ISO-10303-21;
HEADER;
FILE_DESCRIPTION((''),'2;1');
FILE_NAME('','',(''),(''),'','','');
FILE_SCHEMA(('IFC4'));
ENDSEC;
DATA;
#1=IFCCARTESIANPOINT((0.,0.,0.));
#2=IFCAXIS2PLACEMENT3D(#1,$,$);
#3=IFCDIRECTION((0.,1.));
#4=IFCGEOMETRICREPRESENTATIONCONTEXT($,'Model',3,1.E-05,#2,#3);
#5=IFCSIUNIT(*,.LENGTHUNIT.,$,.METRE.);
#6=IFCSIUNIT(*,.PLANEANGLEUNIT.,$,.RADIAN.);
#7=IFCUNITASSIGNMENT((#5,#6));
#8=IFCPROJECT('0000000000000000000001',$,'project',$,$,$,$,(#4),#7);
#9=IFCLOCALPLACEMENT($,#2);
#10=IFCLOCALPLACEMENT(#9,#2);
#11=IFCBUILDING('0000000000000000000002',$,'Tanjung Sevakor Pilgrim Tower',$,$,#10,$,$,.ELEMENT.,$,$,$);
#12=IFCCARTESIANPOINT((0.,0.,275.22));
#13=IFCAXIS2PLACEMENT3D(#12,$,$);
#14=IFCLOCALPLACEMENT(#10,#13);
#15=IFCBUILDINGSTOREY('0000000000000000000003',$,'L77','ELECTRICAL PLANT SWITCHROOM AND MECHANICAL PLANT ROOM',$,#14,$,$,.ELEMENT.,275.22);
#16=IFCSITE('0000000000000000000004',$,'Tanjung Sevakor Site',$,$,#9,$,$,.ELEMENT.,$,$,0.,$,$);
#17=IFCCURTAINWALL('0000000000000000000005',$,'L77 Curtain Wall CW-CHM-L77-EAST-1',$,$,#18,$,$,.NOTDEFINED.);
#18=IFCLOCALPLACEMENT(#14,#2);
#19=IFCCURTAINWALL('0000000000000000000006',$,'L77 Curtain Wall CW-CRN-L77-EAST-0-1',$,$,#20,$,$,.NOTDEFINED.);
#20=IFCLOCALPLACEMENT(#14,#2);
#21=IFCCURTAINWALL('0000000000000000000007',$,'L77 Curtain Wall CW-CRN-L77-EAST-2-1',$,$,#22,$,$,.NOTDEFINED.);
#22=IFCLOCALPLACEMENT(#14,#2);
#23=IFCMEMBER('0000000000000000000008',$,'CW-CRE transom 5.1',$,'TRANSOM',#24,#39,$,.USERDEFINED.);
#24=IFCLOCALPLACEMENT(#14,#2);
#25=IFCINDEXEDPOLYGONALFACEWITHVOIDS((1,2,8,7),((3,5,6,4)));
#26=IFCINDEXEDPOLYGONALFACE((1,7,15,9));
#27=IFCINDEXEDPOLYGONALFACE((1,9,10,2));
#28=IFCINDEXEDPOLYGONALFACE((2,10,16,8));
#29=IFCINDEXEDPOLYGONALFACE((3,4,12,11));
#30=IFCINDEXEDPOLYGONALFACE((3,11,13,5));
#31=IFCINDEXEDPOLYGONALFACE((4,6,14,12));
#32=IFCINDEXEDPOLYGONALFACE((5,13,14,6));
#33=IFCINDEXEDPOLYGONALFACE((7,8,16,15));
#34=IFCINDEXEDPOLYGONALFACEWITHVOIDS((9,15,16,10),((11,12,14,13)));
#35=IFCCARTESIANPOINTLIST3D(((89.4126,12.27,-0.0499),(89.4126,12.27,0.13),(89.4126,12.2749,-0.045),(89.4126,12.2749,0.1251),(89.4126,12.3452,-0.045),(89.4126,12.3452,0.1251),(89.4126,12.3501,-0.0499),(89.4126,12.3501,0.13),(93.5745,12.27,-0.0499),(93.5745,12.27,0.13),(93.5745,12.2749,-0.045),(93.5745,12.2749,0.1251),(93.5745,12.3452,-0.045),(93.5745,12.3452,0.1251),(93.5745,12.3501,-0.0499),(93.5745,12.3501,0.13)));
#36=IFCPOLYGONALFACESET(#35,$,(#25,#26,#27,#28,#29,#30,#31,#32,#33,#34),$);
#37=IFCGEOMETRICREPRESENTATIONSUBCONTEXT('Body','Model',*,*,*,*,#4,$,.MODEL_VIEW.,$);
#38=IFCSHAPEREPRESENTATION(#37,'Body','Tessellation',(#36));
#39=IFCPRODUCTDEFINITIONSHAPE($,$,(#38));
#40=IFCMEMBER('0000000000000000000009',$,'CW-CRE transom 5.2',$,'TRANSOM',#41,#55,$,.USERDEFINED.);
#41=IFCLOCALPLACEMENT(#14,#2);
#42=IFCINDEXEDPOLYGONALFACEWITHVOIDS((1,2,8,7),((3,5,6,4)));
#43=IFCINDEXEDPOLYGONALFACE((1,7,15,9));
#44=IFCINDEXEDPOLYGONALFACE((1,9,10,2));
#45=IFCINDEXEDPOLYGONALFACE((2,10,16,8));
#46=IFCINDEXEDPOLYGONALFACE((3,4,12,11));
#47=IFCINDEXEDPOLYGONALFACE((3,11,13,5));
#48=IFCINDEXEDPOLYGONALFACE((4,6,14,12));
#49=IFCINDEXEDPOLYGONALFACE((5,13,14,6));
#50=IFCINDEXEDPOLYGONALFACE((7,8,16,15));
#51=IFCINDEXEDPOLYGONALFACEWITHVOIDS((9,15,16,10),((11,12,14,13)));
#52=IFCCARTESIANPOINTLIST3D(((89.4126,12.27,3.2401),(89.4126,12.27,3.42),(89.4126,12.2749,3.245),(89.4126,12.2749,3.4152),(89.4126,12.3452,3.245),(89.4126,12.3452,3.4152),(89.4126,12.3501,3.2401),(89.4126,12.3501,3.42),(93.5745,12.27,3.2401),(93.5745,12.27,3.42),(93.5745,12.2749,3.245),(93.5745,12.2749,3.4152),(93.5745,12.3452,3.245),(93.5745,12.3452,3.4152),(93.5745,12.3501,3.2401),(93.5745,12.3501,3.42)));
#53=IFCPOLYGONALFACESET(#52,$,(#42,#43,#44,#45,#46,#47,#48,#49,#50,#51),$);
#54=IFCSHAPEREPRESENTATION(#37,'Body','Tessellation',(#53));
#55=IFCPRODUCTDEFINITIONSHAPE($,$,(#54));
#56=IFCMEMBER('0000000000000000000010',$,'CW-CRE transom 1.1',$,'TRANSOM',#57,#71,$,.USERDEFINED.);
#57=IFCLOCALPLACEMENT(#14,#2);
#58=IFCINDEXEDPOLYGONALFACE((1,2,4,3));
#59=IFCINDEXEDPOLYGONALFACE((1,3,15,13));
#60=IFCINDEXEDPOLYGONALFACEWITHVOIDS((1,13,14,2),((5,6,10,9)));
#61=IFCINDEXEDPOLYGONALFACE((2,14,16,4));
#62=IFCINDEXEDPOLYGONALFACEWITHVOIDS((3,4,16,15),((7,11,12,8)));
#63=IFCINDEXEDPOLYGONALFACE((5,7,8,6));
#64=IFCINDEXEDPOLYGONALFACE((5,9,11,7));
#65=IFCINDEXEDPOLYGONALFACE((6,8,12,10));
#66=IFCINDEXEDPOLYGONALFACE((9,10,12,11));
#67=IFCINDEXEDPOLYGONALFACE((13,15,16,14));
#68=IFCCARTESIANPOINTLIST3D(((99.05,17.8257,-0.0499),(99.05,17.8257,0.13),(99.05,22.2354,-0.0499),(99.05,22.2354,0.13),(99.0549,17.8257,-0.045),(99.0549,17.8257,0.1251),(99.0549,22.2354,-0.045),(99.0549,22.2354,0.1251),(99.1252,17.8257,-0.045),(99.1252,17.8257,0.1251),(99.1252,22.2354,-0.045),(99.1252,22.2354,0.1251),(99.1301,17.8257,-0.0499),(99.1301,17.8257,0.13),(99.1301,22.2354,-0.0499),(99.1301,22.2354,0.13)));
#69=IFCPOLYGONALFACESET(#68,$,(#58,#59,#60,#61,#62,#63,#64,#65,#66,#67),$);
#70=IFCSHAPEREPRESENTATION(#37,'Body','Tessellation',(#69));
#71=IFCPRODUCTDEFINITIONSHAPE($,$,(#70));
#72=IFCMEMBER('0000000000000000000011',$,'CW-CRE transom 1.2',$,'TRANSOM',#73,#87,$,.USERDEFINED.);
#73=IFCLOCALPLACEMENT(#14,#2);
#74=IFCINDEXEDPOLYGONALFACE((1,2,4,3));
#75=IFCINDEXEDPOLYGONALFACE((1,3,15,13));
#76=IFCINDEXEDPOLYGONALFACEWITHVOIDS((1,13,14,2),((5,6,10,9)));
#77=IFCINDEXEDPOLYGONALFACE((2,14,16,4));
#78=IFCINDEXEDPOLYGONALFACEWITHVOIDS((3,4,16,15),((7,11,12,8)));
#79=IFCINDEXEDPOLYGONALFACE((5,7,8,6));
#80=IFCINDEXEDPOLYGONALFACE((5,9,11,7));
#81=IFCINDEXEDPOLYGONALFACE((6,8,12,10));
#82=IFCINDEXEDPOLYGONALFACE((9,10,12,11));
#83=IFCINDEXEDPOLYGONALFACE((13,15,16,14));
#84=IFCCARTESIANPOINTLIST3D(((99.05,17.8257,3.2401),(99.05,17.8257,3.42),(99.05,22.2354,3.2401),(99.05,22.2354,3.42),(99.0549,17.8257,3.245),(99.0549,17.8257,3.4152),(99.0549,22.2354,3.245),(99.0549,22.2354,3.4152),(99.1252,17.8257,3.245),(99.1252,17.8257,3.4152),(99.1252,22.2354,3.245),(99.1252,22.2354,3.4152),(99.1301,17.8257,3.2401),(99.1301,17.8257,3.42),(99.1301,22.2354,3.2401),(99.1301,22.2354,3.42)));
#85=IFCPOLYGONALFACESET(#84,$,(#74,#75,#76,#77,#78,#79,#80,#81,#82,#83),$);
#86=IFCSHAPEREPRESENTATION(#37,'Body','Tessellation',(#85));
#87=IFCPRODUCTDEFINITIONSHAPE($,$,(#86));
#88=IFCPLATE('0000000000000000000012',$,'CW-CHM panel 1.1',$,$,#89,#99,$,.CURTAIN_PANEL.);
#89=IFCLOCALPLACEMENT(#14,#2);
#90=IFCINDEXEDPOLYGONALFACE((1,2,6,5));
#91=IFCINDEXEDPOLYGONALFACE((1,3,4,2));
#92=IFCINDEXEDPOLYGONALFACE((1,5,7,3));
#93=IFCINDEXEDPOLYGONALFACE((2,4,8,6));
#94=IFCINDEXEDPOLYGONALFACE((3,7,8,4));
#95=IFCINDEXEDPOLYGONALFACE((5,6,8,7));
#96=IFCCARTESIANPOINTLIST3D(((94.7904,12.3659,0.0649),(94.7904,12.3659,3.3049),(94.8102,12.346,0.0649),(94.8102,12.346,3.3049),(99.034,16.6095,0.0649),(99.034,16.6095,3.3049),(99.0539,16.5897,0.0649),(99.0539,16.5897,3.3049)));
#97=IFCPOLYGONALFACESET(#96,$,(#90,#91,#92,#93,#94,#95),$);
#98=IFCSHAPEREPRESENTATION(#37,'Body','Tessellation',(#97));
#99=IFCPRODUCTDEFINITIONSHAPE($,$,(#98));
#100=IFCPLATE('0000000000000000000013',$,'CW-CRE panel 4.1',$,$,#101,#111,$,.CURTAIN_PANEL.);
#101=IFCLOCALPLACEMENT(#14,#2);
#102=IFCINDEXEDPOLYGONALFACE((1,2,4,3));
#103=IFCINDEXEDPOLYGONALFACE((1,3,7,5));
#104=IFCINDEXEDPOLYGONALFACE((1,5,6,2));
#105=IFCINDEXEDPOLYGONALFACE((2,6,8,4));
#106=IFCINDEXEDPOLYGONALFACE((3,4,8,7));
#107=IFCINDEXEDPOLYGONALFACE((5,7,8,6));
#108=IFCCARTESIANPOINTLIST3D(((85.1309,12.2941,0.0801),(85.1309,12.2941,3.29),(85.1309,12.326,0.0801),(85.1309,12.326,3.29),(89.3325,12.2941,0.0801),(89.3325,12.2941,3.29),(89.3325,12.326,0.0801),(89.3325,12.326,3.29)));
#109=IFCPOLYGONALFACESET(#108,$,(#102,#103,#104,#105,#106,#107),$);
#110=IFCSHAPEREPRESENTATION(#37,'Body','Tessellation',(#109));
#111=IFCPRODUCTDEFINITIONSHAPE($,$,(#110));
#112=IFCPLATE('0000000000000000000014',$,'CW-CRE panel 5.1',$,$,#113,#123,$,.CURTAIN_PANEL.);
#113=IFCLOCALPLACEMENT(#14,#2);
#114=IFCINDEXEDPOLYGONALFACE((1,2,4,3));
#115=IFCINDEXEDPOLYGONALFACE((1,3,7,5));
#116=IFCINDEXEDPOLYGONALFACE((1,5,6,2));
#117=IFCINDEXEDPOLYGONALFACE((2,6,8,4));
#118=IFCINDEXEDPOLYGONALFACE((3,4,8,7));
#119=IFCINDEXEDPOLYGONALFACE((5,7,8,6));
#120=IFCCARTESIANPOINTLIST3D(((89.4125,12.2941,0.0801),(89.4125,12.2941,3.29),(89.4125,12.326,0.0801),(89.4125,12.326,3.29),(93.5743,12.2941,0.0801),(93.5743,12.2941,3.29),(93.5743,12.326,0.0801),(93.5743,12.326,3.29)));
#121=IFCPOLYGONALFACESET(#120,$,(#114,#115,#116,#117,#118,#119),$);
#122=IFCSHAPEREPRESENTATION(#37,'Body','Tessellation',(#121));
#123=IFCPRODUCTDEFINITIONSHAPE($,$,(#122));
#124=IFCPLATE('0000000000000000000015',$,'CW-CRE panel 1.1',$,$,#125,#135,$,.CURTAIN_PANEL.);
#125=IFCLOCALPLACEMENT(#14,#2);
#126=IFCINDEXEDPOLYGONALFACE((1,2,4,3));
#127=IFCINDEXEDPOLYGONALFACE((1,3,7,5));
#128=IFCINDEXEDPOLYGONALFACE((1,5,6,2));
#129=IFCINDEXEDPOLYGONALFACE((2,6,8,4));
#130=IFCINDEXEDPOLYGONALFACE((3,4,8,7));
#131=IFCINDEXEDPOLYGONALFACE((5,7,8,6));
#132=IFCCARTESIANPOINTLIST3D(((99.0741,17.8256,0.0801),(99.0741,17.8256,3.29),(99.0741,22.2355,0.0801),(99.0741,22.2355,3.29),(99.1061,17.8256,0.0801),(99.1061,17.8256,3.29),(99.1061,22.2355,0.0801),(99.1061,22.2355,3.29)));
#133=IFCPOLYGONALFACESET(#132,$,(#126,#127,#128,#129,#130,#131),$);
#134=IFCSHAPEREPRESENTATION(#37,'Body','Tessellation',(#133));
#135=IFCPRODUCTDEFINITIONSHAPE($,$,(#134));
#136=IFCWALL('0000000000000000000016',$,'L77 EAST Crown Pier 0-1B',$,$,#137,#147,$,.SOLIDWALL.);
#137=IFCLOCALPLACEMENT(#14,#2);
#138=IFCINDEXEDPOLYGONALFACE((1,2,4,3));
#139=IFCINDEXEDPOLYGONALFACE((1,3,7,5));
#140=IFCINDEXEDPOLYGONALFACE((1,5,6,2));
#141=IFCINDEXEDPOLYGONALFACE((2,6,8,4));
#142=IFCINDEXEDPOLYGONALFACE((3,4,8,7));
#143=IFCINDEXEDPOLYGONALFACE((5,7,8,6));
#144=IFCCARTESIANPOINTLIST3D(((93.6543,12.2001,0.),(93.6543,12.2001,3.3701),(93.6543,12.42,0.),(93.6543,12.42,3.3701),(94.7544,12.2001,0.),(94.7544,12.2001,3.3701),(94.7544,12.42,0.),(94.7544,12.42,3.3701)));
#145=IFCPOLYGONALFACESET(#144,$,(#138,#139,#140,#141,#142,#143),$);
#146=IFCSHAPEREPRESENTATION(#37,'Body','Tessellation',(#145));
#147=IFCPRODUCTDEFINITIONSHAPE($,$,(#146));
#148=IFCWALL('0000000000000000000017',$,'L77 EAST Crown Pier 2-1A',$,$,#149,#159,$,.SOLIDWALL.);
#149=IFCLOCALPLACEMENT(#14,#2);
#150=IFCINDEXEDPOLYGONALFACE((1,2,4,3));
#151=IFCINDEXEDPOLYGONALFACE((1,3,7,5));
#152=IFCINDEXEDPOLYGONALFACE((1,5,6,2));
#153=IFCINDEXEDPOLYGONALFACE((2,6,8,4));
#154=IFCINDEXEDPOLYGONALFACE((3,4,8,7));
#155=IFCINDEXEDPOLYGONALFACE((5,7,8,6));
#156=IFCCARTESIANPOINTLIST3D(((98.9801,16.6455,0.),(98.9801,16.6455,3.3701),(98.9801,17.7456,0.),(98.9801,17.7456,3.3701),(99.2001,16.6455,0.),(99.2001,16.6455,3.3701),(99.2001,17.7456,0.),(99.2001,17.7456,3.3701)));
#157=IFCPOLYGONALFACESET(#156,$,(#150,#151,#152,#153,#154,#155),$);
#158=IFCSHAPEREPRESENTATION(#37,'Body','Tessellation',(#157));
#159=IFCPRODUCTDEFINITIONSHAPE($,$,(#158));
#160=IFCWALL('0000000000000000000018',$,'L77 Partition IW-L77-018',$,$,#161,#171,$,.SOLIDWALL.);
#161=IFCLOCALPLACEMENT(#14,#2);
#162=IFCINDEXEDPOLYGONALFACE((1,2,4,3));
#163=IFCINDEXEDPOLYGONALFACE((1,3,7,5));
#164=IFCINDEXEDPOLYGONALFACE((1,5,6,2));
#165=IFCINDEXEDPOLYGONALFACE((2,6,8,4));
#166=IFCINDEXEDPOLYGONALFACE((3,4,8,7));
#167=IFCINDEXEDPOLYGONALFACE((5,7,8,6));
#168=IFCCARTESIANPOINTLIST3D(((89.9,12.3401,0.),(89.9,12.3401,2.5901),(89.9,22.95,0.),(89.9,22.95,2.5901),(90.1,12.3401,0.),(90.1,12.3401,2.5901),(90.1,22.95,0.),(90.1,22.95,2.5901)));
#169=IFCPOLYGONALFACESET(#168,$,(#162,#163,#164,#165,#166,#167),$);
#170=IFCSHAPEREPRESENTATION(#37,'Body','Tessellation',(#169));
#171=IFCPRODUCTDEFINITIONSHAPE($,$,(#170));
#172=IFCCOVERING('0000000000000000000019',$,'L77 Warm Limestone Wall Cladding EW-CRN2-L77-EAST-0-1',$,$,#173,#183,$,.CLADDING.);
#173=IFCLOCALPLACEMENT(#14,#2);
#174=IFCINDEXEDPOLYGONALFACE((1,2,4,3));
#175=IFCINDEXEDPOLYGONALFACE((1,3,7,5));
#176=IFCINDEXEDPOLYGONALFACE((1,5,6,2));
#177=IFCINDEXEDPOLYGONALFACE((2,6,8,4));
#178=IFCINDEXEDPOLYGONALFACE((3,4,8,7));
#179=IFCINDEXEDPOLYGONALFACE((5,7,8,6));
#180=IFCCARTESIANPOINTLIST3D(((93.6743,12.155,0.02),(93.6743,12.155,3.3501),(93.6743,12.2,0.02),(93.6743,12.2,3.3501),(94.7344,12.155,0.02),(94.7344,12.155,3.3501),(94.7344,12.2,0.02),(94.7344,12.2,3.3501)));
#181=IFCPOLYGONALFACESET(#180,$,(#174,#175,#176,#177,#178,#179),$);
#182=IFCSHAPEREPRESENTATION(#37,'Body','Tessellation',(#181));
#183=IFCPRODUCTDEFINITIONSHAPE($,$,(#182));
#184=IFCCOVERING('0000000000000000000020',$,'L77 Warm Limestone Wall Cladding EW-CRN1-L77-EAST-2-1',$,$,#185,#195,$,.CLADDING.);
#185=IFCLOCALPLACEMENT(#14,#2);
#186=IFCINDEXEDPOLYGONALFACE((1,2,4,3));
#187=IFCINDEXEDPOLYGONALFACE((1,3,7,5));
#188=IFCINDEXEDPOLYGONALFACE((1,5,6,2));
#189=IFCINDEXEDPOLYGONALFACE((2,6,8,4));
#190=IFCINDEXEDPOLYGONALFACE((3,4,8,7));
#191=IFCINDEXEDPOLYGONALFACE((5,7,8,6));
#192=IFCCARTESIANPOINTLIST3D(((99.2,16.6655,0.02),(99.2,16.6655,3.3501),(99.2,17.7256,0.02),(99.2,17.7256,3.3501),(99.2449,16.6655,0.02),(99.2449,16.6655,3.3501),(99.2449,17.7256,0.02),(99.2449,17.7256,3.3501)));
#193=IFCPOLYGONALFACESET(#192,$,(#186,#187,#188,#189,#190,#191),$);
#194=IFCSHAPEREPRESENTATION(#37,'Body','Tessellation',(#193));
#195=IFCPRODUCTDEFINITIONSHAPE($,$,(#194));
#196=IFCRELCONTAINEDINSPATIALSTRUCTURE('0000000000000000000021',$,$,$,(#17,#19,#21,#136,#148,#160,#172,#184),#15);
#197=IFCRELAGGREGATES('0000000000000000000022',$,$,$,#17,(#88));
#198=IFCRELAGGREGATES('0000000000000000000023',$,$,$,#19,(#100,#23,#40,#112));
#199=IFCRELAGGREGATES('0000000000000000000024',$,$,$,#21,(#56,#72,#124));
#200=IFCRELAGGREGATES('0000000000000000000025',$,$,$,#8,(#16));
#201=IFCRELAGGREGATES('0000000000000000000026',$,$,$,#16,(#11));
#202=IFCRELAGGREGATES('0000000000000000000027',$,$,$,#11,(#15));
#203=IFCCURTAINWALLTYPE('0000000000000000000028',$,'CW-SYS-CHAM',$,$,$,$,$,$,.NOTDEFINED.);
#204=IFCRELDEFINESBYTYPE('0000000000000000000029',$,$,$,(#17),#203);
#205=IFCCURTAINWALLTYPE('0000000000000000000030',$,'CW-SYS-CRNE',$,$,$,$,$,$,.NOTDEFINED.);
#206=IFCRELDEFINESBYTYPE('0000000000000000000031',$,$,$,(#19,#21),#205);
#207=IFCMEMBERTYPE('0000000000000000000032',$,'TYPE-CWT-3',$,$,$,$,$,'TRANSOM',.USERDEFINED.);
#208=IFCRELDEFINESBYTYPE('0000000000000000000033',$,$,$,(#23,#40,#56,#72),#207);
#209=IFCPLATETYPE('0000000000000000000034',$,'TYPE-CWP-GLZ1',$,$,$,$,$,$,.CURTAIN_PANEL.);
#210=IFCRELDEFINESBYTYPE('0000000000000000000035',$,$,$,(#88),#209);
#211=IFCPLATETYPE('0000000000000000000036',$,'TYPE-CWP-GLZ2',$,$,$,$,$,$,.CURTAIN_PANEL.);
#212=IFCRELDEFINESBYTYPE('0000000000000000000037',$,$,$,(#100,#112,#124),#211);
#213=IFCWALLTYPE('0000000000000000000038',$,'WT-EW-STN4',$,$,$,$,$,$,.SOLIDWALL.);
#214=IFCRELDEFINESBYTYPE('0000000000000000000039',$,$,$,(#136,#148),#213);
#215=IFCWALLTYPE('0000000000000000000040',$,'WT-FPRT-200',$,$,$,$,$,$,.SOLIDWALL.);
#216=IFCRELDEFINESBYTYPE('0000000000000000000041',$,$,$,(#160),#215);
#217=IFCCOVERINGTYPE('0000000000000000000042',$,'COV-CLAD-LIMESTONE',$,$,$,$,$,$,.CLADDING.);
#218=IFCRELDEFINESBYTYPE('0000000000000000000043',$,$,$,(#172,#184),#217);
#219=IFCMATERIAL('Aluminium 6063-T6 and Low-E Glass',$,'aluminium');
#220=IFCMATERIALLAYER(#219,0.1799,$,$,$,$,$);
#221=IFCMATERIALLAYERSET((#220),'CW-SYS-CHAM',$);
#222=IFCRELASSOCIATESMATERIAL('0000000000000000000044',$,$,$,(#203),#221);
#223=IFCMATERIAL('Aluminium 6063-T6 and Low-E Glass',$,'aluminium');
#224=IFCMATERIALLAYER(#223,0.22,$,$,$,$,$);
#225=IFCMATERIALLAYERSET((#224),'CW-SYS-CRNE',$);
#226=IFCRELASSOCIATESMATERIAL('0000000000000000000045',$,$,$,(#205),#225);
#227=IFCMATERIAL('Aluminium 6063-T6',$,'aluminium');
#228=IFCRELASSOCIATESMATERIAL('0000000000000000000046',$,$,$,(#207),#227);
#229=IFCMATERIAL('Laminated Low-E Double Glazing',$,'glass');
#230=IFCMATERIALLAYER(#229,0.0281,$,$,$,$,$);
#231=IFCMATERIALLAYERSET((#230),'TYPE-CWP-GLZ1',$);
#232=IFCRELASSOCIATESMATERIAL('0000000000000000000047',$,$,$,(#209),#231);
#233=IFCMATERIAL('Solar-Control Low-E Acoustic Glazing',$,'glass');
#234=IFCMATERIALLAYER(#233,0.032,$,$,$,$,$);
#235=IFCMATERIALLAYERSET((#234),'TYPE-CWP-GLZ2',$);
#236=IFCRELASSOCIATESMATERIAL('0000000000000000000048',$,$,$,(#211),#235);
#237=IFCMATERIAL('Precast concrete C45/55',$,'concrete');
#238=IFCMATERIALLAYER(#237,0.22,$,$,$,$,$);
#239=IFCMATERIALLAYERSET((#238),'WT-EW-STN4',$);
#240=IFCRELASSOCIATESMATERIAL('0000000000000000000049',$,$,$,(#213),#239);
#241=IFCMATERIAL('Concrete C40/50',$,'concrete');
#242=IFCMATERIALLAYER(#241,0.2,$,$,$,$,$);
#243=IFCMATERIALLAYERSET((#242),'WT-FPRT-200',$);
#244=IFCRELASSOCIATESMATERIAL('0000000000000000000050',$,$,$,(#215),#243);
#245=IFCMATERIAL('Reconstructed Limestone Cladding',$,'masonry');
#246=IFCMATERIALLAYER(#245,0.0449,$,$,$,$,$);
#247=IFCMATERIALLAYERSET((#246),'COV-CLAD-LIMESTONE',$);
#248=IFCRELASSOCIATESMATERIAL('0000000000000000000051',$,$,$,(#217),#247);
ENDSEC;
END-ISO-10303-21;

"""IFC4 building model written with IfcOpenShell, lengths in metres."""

from ifc_helpers import new_model, si_unit, direction, frame, frame_2d, origin, origin_2d, place, context, subcontext, project, spatial, rectangle, hollow_rectangle, extrude, material, layer, layer_set, material_profile, profile_set, type_object, element, aggregate, save


model = new_model("IFC4")

# Units and contexts
model_context = context("Model", 3, precision=1e-05, world=origin(), true_north=direction((0.0, 1.0)))
body_context = subcontext(model_context, "Body", "Model", "MODEL_VIEW")
ifc_project = project(units=[si_unit("LENGTHUNIT", "METRE"), si_unit("PLANEANGLEUNIT", "RADIAN")], contexts=[model_context])

# Site, building, storey
site_placement = place(None, origin())
site = spatial("IfcSite", under=ifc_project, at=site_placement, Name="Tanjung Sevakor Site", CompositionType="ELEMENT", RefElevation=0.0)
building_placement = place(site_placement, origin())
building = spatial("IfcBuilding", under=site, at=building_placement, Name="Tanjung Sevakor Pilgrim Tower", CompositionType="ELEMENT")
storey_placement = place(building_placement, frame((0.0, 0.0, 275.22)))
storey = spatial("IfcBuildingStorey", under=building, at=storey_placement, Name="L77", Description="ELECTRICAL PLANT SWITCHROOM AND MECHANICAL PLANT ROOM", CompositionType="ELEMENT", Elevation=275.22)

# Curtain walls
ifc_material_1 = material(Name="Aluminium 6063-T6 and Low-E Glass", Category="aluminium")
ifc_layer_1 = layer(ifc_material_1, 0.1799)
ifc_layer_set_1 = layer_set([ifc_layer_1], Name="CW-SYS-CHAM")
curtain_wall_type_1 = type_object("IfcCurtainWallType", Name="CW-SYS-CHAM", PredefinedType="NOTDEFINED", material=ifc_layer_set_1)
curtain_wall_1_placement = place(storey_placement, origin())
curtain_wall_1 = element("IfcCurtainWall", 1, at=curtain_wall_1_placement, inside=storey, type_object=curtain_wall_type_1, Name="L77 Curtain Wall CW-CHM-L77-EAST-1", PredefinedType="NOTDEFINED")
ifc_material_2 = material(Name="Aluminium 6063-T6 and Low-E Glass", Category="aluminium")
ifc_layer_2 = layer(ifc_material_2, 0.22)
ifc_layer_set_2 = layer_set([ifc_layer_2], Name="CW-SYS-CRNE")
curtain_wall_type_2 = type_object("IfcCurtainWallType", Name="CW-SYS-CRNE", PredefinedType="NOTDEFINED", material=ifc_layer_set_2)
curtain_wall_2_placement = place(storey_placement, origin())
curtain_wall_2 = element("IfcCurtainWall", 2, at=curtain_wall_2_placement, inside=storey, type_object=curtain_wall_type_2, Name="L77 Curtain Wall CW-CRN-L77-EAST-0-1", PredefinedType="NOTDEFINED")

# Curtain wall
curtain_wall_3_placement = place(storey_placement, origin())
curtain_wall_3 = element("IfcCurtainWall", 3, at=curtain_wall_3_placement, inside=storey, type_object=curtain_wall_type_2, Name="L77 Curtain Wall CW-CRN-L77-EAST-2-1", PredefinedType="NOTDEFINED")

# Members
ifc_material_3 = material(Name="Aluminium 6063-T6", Category="aluminium")
ifc_material_profile_1 = material_profile(ifc_material_3, hollow_rectangle(XDim=0.0801, YDim=0.1799, WallThickness=0.0049, at=origin_2d()))
ifc_profile_set_1 = profile_set([ifc_material_profile_1], Name="Aluminium 6063-T6")
member_type_1 = type_object("IfcMemberType", Name="TYPE-CWT-3", ElementType="TRANSOM", PredefinedType="USERDEFINED", material=ifc_profile_set_1)
member_1_placement = place(storey_placement, frame((89.4126, 12.3101, 0.04), z_axis=(1.0, 0.0, 0.0), x_axis=(0.0, 1.0, 0.0)))
member_1 = element("IfcMember", 4, at=member_1_placement, type_object=member_type_1, Name="CW-CRE transom 5.1", ObjectType="TRANSOM", PredefinedType="USERDEFINED", context=body_context, shape_type="SweptSolid", body=[
    extrude(hollow_rectangle(XDim=0.0801, YDim=0.1799, WallThickness=0.0049, at=origin_2d()), origin(), (0.0, 0.0, 1.0), 4.1619),
])
member_2_placement = place(storey_placement, frame((89.4126, 12.3101, 3.3301), z_axis=(1.0, 0.0, 0.0), x_axis=(0.0, 1.0, 0.0)))
member_2 = element("IfcMember", 5, at=member_2_placement, type_object=member_type_1, Name="CW-CRE transom 5.2", ObjectType="TRANSOM", PredefinedType="USERDEFINED", context=body_context, shape_type="SweptSolid", body=[
    extrude(hollow_rectangle(XDim=0.0801, YDim=0.1799, WallThickness=0.0049, at=origin_2d()), origin(), (0.0, 0.0, 1.0), 4.1619),
])
member_3_placement = place(storey_placement, frame((99.0901, 17.8257, 0.04), z_axis=(0.0, 1.0, 0.0), x_axis=(-1.0, 0.0, 0.0)))
member_3 = element("IfcMember", 6, at=member_3_placement, type_object=member_type_1, Name="CW-CRE transom 1.1", ObjectType="TRANSOM", PredefinedType="USERDEFINED", context=body_context, shape_type="SweptSolid", body=[
    extrude(hollow_rectangle(XDim=0.0801, YDim=0.1799, WallThickness=0.0049, at=origin_2d()), origin(), (0.0, 0.0, 1.0), 4.4097),
])
member_4_placement = place(storey_placement, frame((99.0901, 17.8257, 3.3301), z_axis=(0.0, 1.0, 0.0), x_axis=(-1.0, 0.0, 0.0)))
member_4 = element("IfcMember", 7, at=member_4_placement, type_object=member_type_1, Name="CW-CRE transom 1.2", ObjectType="TRANSOM", PredefinedType="USERDEFINED", context=body_context, shape_type="SweptSolid", body=[
    extrude(hollow_rectangle(XDim=0.0801, YDim=0.1799, WallThickness=0.0049, at=origin_2d()), origin(), (0.0, 0.0, 1.0), 4.4097),
])

# Plates
ifc_material_4 = material(Name="Laminated Low-E Double Glazing", Category="glass")
ifc_layer_3 = layer(ifc_material_4, 0.0281)
ifc_layer_set_3 = layer_set([ifc_layer_3], Name="TYPE-CWP-GLZ1")
plate_type_1 = type_object("IfcPlateType", Name="TYPE-CWP-GLZ1", PredefinedType="CURTAIN_PANEL", material=ifc_layer_set_3)
plate_1_placement = place(storey_placement, frame((96.9221, 14.4778, 0.0649), z_axis=(0.0, 0.0, 1.0), x_axis=(0.707107, 0.707107, 0.0)))
plate_1 = element("IfcPlate", 8, at=plate_1_placement, type_object=plate_type_1, Name="CW-CHM panel 1.1", PredefinedType="CURTAIN_PANEL", context=body_context, shape_type="SweptSolid", body=[
    extrude(rectangle(XDim=6.0015, YDim=0.0281, at=origin_2d()), origin(), (0.0, 0.0, 1.0), 3.24),
])
aggregate(curtain_wall_1, [plate_1])
ifc_material_5 = material(Name="Solar-Control Low-E Acoustic Glazing", Category="glass")
ifc_layer_4 = layer(ifc_material_5, 0.032)
ifc_layer_set_4 = layer_set([ifc_layer_4], Name="TYPE-CWP-GLZ2")
plate_type_2 = type_object("IfcPlateType", Name="TYPE-CWP-GLZ2", PredefinedType="CURTAIN_PANEL", material=ifc_layer_set_4)
plate_2_placement = place(storey_placement, frame((87.2317, 12.3101, 0.0801), z_axis=(0.0, 0.0, 1.0), x_axis=(1.0, 0.0, 0.0)))
plate_2 = element("IfcPlate", 9, at=plate_2_placement, type_object=plate_type_2, Name="CW-CRE panel 4.1", PredefinedType="CURTAIN_PANEL", context=body_context, shape_type="SweptSolid", body=[
    extrude(rectangle(XDim=4.2017, YDim=0.032, at=origin_2d()), origin(), (0.0, 0.0, 1.0), 3.21),
])
plate_3_placement = place(storey_placement, frame((91.4934, 12.3101, 0.0801), z_axis=(0.0, 0.0, 1.0), x_axis=(1.0, 0.0, 0.0)))
plate_3 = element("IfcPlate", 10, at=plate_3_placement, type_object=plate_type_2, Name="CW-CRE panel 5.1", PredefinedType="CURTAIN_PANEL", context=body_context, shape_type="SweptSolid", body=[
    extrude(rectangle(XDim=4.1619, YDim=0.032, at=origin_2d()), origin(), (0.0, 0.0, 1.0), 3.21),
])
aggregate(curtain_wall_2, [plate_2, member_1, member_2, plate_3])
plate_4_placement = place(storey_placement, frame((99.0901, 20.0305, 0.0801), z_axis=(0.0, 0.0, 1.0), x_axis=(0.0, 1.0, 0.0)))
plate_4 = element("IfcPlate", 11, at=plate_4_placement, type_object=plate_type_2, Name="CW-CRE panel 1.1", PredefinedType="CURTAIN_PANEL", context=body_context, shape_type="SweptSolid", body=[
    extrude(rectangle(XDim=4.4099, YDim=0.032, at=origin_2d()), origin(), (0.0, 0.0, 1.0), 3.21),
])
aggregate(curtain_wall_3, [member_3, member_4, plate_4])

# Walls
ifc_material_6 = material(Name="Precast concrete C45/55", Category="concrete")
ifc_layer_5 = layer(ifc_material_6, 0.22)
ifc_layer_set_5 = layer_set([ifc_layer_5], Name="WT-EW-STN4")
wall_type_1 = type_object("IfcWallType", Name="WT-EW-STN4", PredefinedType="SOLIDWALL", material=ifc_layer_set_5)
for number, where, z_axis, x_axis, name in (
    (12, (93.6543, 12.3101, 0.0), (0.0, 0.0, 1.0), (1.0, 0.0, 0.0), "L77 EAST Crown Pier 0-1B"),
    (13, (99.0901, 16.6455, 0.0), (0.0, 0.0, 1.0), (0.0, 1.0, 0.0), "L77 EAST Crown Pier 2-1A"),
):
    element("IfcWall", number, at=place(storey_placement, frame(where, z_axis=z_axis, x_axis=x_axis)), inside=storey, type_object=wall_type_1, Name=name, PredefinedType="SOLIDWALL", context=body_context, shape_type="SweptSolid", body=[
        extrude(rectangle(XDim=1.1001, YDim=0.22, at=frame_2d((0.55, 0.0))), origin(), (0.0, 0.0, 1.0), 3.3701),
    ])
ifc_material_7 = material(Name="Concrete C40/50", Category="concrete")
ifc_layer_6 = layer(ifc_material_7, 0.2)
ifc_layer_set_6 = layer_set([ifc_layer_6], Name="WT-FPRT-200")
wall_type_2 = type_object("IfcWallType", Name="WT-FPRT-200", PredefinedType="SOLIDWALL", material=ifc_layer_set_6)
wall_placement = place(storey_placement, frame((90.0, 12.3401, 0.0), z_axis=(0.0, 0.0, 1.0), x_axis=(0.0, 1.0, 0.0)))
element("IfcWall", 14, at=wall_placement, inside=storey, type_object=wall_type_2, Name="L77 Partition IW-L77-018", PredefinedType="SOLIDWALL", context=body_context, shape_type="SweptSolid", body=[
    extrude(rectangle(XDim=10.6099, YDim=0.2, at=frame_2d((5.3049, 0.0))), origin(), (0.0, 0.0, 1.0), 2.5901),
])

# Coverings
ifc_material_8 = material(Name="Reconstructed Limestone Cladding", Category="masonry")
ifc_layer_7 = layer(ifc_material_8, 0.0449)
ifc_layer_set_7 = layer_set([ifc_layer_7], Name="COV-CLAD-LIMESTONE")
covering_type = type_object("IfcCoveringType", Name="COV-CLAD-LIMESTONE", PredefinedType="CLADDING", material=ifc_layer_set_7)
for number, where, z_axis, x_axis, name in (
    (15, (94.2043, 12.1775, 0.02), (0.0, 0.0, 1.0), (1.0, 0.0, 0.0), "L77 Warm Limestone Wall Cladding EW-CRN2-L77-EAST-0-1"),
    (16, (99.2224, 17.1956, 0.02), (0.0, 0.0, 1.0), (0.0, 1.0, 0.0), "L77 Warm Limestone Wall Cladding EW-CRN1-L77-EAST-2-1"),
):
    element("IfcCovering", number, at=place(storey_placement, frame(where, z_axis=z_axis, x_axis=x_axis)), inside=storey, type_object=covering_type, Name=name, PredefinedType="CLADDING", context=body_context, shape_type="SweptSolid", body=[
        extrude(rectangle(XDim=1.0601, YDim=0.0449, at=origin_2d()), origin(), (0.0, 0.0, 1.0), 3.3301),
    ])

save(model, "model.ifc")
